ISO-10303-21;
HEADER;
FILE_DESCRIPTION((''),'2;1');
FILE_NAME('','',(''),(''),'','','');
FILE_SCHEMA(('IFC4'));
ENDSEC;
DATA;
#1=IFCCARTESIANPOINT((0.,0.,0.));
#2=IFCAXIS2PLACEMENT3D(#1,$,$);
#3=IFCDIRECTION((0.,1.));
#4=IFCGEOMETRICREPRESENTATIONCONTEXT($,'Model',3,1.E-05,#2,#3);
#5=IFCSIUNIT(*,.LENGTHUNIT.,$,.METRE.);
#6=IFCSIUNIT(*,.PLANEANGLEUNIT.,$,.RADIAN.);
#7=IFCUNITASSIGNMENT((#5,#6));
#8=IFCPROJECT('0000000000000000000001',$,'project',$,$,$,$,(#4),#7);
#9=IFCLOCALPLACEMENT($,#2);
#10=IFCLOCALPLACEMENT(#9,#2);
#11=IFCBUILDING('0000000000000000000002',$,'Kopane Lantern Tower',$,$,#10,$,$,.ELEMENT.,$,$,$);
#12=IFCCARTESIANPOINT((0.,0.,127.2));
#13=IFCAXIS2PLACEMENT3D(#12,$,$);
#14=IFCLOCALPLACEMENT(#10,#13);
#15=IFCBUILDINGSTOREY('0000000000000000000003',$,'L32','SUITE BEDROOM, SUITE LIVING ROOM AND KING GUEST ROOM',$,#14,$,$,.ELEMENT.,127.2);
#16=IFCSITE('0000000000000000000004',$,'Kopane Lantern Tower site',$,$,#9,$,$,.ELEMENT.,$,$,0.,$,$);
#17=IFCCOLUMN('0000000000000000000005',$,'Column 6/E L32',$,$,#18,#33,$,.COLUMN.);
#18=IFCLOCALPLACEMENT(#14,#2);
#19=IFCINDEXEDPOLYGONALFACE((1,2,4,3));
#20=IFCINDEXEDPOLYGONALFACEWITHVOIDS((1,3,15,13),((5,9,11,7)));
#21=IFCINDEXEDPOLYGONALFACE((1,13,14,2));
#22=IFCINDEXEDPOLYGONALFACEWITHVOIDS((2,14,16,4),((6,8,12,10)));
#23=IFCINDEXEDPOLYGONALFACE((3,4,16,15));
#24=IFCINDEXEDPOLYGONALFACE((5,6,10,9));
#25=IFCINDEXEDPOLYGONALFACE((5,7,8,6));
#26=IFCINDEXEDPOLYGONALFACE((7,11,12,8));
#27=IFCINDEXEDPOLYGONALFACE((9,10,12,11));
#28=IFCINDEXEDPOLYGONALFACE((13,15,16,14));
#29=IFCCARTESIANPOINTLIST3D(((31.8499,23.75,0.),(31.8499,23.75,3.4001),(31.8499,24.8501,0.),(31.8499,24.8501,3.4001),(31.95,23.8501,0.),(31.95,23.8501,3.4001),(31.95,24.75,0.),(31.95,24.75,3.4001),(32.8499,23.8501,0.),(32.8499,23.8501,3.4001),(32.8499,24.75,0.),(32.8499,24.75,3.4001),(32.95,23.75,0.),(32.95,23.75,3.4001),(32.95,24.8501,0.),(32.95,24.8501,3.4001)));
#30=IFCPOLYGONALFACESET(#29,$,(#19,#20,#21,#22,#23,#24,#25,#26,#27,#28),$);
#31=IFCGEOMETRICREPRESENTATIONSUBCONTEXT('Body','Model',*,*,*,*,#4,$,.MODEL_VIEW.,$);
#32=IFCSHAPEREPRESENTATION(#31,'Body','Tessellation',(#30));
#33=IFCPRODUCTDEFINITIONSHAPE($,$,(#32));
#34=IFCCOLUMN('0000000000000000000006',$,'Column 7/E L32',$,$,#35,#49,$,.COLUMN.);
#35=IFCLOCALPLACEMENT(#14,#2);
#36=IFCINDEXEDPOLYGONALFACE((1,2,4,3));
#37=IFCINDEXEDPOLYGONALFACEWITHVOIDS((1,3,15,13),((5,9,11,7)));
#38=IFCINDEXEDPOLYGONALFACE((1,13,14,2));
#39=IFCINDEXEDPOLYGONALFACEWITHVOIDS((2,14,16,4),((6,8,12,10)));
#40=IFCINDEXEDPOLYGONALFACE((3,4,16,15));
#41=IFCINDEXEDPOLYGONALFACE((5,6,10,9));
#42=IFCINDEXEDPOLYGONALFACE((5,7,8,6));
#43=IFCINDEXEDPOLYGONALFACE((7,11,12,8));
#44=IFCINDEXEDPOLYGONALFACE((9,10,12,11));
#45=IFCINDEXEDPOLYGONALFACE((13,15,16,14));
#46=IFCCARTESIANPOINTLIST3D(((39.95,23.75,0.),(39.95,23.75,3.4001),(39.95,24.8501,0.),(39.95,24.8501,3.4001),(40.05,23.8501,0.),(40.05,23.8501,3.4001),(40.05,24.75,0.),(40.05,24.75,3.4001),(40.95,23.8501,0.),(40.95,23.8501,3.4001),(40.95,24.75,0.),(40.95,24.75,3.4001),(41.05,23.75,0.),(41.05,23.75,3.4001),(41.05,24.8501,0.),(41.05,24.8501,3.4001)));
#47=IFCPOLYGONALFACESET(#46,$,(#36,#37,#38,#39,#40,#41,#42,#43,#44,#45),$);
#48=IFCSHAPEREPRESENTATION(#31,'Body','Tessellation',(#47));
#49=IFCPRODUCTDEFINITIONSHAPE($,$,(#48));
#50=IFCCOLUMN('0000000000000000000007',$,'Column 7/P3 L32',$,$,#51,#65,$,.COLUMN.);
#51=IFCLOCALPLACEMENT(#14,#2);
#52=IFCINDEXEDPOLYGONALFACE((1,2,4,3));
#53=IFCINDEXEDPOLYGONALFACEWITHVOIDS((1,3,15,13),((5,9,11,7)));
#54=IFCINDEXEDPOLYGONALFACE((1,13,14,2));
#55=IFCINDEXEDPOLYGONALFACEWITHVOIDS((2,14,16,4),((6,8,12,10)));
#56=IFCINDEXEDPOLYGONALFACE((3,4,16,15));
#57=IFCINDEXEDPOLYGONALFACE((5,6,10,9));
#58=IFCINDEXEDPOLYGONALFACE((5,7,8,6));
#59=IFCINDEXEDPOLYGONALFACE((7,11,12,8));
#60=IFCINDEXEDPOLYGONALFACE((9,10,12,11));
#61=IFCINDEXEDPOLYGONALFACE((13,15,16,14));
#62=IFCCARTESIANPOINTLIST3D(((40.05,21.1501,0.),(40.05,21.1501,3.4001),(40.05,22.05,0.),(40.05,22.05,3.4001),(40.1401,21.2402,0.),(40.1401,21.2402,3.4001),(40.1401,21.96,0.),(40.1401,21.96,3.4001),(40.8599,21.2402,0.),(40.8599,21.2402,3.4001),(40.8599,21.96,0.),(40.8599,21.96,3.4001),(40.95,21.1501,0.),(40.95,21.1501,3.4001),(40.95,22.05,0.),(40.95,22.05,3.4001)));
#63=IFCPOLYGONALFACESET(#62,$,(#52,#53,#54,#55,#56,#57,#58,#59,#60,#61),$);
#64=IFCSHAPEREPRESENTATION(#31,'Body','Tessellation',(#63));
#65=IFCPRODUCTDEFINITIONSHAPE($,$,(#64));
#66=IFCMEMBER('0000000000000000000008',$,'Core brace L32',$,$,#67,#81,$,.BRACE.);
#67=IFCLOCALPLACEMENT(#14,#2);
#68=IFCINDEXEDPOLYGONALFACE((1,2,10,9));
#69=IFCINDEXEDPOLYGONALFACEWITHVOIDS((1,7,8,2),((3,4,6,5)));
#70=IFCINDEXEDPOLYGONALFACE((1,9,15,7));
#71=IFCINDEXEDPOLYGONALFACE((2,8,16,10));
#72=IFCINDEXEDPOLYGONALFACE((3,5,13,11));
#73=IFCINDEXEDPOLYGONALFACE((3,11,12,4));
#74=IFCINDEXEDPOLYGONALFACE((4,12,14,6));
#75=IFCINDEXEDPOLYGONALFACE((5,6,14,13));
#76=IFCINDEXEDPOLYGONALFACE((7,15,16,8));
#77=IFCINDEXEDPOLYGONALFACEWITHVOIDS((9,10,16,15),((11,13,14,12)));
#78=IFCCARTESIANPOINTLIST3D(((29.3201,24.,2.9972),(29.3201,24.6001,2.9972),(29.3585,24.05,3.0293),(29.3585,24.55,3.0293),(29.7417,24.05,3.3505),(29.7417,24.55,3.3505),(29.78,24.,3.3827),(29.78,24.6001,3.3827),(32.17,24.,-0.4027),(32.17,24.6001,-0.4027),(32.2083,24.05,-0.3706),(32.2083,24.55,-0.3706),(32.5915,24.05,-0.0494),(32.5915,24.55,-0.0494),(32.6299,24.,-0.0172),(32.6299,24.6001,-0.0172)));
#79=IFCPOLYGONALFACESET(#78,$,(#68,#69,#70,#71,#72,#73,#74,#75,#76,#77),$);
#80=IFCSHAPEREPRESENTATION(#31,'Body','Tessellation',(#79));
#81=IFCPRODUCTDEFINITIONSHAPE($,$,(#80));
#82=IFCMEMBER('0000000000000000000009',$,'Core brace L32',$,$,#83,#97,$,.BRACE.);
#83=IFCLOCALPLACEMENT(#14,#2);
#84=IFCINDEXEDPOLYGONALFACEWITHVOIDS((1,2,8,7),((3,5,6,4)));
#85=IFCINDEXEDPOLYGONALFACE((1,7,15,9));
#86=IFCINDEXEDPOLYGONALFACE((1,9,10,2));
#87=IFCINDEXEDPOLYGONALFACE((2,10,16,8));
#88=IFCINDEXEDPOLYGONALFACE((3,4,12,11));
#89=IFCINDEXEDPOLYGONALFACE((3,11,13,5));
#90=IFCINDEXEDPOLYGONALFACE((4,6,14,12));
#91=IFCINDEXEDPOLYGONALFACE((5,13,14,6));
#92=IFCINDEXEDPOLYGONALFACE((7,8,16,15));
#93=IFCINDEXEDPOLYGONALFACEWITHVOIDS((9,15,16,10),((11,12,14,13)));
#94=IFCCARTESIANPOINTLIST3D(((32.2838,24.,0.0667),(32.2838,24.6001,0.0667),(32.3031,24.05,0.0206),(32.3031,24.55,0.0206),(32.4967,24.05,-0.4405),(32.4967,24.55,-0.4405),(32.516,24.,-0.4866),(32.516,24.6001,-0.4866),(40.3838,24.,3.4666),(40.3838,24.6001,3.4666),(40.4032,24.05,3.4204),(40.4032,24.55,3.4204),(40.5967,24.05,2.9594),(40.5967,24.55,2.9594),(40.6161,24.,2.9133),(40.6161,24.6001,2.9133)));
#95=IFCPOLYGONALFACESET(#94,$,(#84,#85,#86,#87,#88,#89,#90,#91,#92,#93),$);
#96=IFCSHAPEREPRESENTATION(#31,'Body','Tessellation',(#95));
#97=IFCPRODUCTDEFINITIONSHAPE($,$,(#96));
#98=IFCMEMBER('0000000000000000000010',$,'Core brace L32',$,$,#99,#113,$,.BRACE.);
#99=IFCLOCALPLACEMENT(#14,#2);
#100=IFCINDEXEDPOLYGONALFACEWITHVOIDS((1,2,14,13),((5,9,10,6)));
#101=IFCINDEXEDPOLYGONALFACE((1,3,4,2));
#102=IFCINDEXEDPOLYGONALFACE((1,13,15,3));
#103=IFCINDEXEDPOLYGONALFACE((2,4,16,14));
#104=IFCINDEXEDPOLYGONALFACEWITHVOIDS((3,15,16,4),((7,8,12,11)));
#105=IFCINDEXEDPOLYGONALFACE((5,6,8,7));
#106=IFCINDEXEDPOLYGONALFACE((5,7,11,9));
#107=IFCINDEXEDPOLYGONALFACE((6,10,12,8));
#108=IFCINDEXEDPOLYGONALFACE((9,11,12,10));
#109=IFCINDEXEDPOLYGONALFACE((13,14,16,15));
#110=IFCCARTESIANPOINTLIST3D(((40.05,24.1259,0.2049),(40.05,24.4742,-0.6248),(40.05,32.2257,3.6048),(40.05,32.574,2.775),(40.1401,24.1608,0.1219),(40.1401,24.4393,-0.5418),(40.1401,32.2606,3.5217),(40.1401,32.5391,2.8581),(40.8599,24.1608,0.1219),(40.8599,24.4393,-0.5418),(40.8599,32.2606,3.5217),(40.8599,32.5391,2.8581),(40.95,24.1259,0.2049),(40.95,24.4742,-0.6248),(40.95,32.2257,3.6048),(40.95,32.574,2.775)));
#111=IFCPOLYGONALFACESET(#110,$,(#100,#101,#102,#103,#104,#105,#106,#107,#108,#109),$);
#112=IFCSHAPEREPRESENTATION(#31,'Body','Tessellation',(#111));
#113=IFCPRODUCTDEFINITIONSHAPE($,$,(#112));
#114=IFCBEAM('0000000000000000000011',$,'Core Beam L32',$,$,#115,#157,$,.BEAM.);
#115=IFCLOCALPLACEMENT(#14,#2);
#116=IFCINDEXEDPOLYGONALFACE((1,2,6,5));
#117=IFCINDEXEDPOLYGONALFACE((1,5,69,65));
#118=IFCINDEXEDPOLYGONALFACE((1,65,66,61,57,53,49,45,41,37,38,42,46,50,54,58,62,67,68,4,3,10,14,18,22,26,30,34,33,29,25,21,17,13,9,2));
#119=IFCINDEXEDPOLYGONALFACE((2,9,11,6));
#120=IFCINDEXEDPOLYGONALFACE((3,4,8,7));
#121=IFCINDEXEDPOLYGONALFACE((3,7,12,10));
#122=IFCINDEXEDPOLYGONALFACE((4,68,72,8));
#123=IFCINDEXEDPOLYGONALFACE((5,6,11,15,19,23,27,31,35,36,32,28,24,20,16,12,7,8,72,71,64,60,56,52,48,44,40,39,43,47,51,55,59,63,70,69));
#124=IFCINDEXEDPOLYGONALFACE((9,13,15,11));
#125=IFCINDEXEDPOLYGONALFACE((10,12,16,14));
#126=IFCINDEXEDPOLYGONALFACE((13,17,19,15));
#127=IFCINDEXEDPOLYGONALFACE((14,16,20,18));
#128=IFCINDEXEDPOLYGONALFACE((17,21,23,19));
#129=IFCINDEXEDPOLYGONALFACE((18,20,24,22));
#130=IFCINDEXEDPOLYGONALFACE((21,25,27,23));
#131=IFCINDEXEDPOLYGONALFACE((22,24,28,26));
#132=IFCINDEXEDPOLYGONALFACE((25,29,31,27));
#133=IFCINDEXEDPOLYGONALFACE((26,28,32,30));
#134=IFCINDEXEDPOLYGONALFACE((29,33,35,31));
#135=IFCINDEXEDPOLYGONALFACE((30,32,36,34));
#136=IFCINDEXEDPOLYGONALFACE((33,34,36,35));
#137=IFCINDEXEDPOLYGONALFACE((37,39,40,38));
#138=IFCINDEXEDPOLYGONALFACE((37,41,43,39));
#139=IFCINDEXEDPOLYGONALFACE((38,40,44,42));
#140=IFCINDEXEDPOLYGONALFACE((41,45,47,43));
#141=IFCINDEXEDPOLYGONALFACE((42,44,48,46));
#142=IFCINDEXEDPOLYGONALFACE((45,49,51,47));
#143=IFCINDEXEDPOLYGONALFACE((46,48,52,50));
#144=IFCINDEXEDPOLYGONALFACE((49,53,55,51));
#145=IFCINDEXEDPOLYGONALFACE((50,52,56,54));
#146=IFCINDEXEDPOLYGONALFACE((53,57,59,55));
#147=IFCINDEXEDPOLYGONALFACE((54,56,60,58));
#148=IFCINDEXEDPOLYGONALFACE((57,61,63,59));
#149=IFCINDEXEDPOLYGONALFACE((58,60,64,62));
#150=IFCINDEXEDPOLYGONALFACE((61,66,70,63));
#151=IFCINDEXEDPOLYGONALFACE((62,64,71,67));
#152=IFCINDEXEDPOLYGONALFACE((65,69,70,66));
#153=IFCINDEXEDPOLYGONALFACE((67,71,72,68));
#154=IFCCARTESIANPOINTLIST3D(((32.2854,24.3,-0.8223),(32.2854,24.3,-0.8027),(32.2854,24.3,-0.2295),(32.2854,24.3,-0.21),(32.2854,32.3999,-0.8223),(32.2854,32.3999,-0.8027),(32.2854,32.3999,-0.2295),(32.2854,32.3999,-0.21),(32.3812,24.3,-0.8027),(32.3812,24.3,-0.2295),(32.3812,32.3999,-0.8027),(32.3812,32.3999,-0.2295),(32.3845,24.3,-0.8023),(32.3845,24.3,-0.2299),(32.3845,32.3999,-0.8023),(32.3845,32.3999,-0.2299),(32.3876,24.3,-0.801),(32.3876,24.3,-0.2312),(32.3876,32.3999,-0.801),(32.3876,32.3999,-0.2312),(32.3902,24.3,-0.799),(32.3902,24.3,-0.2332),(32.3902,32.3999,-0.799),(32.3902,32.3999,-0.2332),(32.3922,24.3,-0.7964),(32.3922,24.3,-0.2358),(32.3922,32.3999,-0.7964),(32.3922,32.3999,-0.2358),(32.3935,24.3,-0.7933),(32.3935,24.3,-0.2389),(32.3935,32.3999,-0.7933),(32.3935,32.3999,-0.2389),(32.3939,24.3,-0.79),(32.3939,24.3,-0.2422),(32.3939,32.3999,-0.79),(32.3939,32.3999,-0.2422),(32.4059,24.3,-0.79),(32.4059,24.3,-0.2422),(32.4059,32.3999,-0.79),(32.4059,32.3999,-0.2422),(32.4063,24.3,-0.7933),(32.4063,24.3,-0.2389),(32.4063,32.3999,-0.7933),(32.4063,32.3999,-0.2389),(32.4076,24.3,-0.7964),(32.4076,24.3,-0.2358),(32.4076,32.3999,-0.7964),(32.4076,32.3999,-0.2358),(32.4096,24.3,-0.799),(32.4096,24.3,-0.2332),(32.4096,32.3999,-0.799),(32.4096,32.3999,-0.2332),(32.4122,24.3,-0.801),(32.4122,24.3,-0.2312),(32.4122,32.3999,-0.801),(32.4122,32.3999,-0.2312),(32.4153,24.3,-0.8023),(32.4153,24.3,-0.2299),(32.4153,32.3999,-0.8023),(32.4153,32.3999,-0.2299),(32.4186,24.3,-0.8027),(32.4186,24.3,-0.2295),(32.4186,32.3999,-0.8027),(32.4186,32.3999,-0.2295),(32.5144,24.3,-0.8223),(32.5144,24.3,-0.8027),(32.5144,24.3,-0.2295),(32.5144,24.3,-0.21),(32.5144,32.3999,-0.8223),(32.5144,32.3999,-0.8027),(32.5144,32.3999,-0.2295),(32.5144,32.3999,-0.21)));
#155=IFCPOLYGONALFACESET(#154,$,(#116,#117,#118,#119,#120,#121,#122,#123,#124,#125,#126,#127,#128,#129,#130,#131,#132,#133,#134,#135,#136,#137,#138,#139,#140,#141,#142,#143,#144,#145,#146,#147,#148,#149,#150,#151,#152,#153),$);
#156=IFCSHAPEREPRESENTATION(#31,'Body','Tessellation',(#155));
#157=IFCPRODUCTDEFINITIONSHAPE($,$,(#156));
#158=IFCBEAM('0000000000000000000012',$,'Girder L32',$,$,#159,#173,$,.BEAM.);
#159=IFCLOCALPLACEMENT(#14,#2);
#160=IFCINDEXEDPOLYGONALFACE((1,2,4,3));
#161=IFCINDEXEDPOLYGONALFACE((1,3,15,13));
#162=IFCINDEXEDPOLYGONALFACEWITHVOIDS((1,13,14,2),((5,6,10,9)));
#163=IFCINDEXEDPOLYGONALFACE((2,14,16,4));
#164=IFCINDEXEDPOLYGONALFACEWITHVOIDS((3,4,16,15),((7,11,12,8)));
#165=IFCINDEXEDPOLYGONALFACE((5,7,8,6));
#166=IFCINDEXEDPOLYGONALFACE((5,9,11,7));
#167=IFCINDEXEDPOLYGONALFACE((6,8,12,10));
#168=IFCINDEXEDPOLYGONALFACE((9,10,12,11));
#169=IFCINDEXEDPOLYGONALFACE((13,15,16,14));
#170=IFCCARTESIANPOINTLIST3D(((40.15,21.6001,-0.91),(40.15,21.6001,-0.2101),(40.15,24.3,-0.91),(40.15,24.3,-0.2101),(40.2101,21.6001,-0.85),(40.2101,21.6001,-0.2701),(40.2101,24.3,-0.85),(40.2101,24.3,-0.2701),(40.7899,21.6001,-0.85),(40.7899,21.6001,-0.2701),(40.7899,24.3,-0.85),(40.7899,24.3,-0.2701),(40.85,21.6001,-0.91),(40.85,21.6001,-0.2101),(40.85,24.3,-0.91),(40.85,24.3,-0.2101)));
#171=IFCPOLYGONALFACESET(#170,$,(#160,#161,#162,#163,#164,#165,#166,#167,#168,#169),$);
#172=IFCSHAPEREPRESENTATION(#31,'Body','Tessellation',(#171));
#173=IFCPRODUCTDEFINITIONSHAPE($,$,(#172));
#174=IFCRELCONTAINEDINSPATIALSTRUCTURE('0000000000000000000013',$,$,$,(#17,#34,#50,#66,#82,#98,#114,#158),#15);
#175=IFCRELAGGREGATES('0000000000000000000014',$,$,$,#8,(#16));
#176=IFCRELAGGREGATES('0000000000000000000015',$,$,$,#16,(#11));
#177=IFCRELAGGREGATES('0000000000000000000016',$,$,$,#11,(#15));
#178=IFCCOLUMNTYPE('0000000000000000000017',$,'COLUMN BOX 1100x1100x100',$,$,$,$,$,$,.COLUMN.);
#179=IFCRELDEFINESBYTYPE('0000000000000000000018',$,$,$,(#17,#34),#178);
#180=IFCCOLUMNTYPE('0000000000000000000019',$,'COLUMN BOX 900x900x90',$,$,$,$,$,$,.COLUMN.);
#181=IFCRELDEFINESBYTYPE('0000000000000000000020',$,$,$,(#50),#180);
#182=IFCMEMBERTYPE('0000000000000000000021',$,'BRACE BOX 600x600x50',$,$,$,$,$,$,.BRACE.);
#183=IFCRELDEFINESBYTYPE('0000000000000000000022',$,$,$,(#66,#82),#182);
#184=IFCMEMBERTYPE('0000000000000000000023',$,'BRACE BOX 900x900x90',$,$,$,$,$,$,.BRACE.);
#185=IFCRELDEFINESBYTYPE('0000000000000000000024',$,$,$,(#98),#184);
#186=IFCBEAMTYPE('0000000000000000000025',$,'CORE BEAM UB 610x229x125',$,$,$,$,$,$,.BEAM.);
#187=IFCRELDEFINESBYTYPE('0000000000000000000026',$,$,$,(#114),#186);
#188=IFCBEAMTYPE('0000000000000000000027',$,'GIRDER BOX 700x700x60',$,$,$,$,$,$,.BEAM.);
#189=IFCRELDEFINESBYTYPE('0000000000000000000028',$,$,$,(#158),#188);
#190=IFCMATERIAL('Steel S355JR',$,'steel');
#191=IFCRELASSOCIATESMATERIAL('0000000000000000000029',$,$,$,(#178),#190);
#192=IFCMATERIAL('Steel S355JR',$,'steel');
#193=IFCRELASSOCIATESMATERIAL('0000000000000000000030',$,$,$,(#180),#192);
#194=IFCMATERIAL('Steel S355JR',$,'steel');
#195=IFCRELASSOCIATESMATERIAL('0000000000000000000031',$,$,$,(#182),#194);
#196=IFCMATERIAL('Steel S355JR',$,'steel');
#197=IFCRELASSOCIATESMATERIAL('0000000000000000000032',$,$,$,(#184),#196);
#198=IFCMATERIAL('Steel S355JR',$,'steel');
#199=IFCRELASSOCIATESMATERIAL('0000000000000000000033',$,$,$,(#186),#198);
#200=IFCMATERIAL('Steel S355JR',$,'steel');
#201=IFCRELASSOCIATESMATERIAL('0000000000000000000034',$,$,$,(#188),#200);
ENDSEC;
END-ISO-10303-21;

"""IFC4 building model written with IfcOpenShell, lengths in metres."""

from ifc_helpers import new_model, si_unit, direction, frame, origin, origin_2d, place, context, subcontext, project, spatial, hollow_rectangle, i_section, extrude, material, material_profile, profile_set, type_object, element, save


model = new_model("IFC4")

# Units and contexts
model_context = context("Model", 3, precision=1e-05, world=origin(), true_north=direction((0.0, 1.0)))
body_context = subcontext(model_context, "Body", "Model", "MODEL_VIEW")
ifc_project = project(units=[si_unit("LENGTHUNIT", "METRE"), si_unit("PLANEANGLEUNIT", "RADIAN")], contexts=[model_context])

# Site, building, storey
site_placement = place(None, origin())
site = spatial("IfcSite", under=ifc_project, at=site_placement, Name="Kopane Lantern Tower site", CompositionType="ELEMENT", RefElevation=0.0)
building_placement = place(site_placement, origin())
building = spatial("IfcBuilding", under=site, at=building_placement, Name="Kopane Lantern Tower", CompositionType="ELEMENT")
storey_placement = place(building_placement, frame((0.0, 0.0, 127.2)))
storey = spatial("IfcBuildingStorey", under=building, at=storey_placement, Name="L32", Description="SUITE BEDROOM, SUITE LIVING ROOM AND KING GUEST ROOM", CompositionType="ELEMENT", Elevation=127.2)

# Columns
ifc_material_1 = material(Name="Steel S355JR", Category="steel")
ifc_material_profile_1 = material_profile(ifc_material_1, hollow_rectangle(XDim=1.1001, YDim=1.1001, WallThickness=0.1001, at=origin_2d()), Name="BOX 1100x1100x100")
ifc_profile_set_1 = profile_set([ifc_material_profile_1], Name="Steel S355JR")
column_type_1 = type_object("IfcColumnType", Name="COLUMN BOX 1100x1100x100", PredefinedType="COLUMN", material=ifc_profile_set_1)
for number, where, z_axis, x_axis, name in (
    (1, (32.3999, 24.3, 0.0), (0.0, 0.0, 1.0), (1.0, 0.0, 0.0), "Column 6/E L32"),
    (2, (40.5, 24.3, 0.0), (0.0, 0.0, 1.0), (1.0, 0.0, 0.0), "Column 7/E L32"),
):
    element("IfcColumn", number, at=place(storey_placement, frame(where, z_axis=z_axis, x_axis=x_axis)), inside=storey, type_object=column_type_1, Name=name, PredefinedType="COLUMN", context=body_context, shape_type="SweptSolid", body=[
        extrude(hollow_rectangle(XDim=1.1001, YDim=1.1001, WallThickness=0.1001, at=origin_2d()), origin(), (0.0, 0.0, 1.0), 3.4001),
    ])
ifc_material_2 = material(Name="Steel S355JR", Category="steel")
ifc_material_profile_2 = material_profile(ifc_material_2, hollow_rectangle(XDim=0.8999, YDim=0.8999, WallThickness=0.0901, at=origin_2d()), Name="BOX 900x900x90")
ifc_profile_set_2 = profile_set([ifc_material_profile_2], Name="Steel S355JR")
column_type_2 = type_object("IfcColumnType", Name="COLUMN BOX 900x900x90", PredefinedType="COLUMN", material=ifc_profile_set_2)
column_placement = place(storey_placement, frame((40.5, 21.6001, 0.0), z_axis=(0.0, 0.0, 1.0), x_axis=(1.0, 0.0, 0.0)))
element("IfcColumn", 3, at=column_placement, inside=storey, type_object=column_type_2, Name="Column 7/P3 L32", PredefinedType="COLUMN", context=body_context, shape_type="SweptSolid", body=[
    extrude(hollow_rectangle(XDim=0.8999, YDim=0.8999, WallThickness=0.0901, at=origin_2d()), origin(), (0.0, 0.0, 1.0), 3.4001),
])

# Members
ifc_material_3 = material(Name="Steel S355JR", Category="steel")
ifc_material_profile_3 = material_profile(ifc_material_3, hollow_rectangle(XDim=0.6001, YDim=0.6001, WallThickness=0.05, at=origin_2d()), Name="BOX 600x600x50")
ifc_profile_set_3 = profile_set([ifc_material_profile_3], Name="Steel S355JR")
member_type_1 = type_object("IfcMemberType", Name="BRACE BOX 600x600x50", PredefinedType="BRACE", material=ifc_profile_set_3)
member_1_placement = place(storey_placement, frame((32.3999, 24.3, -0.21), z_axis=(-0.64239, 0.0, 0.766378), x_axis=(0.0, -1.0, 0.0)))
element("IfcMember", 4, at=member_1_placement, inside=storey, type_object=member_type_1, Name="Core brace L32", PredefinedType="BRACE", context=body_context, shape_type="SweptSolid", body=[
    extrude(hollow_rectangle(XDim=0.6001, YDim=0.6001, WallThickness=0.05, at=origin_2d()), origin(), (0.0, 0.0, 1.0), 4.4363),
])
member_2_placement = place(storey_placement, frame((32.3999, 24.3, -0.21), z_axis=(0.922069, 0.0, 0.387026), x_axis=(0.0, 1.0, 0.0)))
element("IfcMember", 5, at=member_2_placement, inside=storey, type_object=member_type_1, Name="Core brace L32", PredefinedType="BRACE", context=body_context, shape_type="SweptSolid", body=[
    extrude(hollow_rectangle(XDim=0.6001, YDim=0.6001, WallThickness=0.05, at=origin_2d()), origin(), (0.0, 0.0, 1.0), 8.7847),
])
ifc_material_4 = material(Name="Steel S355JR", Category="steel")
ifc_material_profile_4 = material_profile(ifc_material_4, hollow_rectangle(XDim=0.8999, YDim=0.8999, WallThickness=0.0901, at=origin_2d()), Name="BOX 900x900x90")
ifc_profile_set_4 = profile_set([ifc_material_profile_4], Name="Steel S355JR")
member_type_2 = type_object("IfcMemberType", Name="BRACE BOX 900x900x90", PredefinedType="BRACE", material=ifc_profile_set_4)
member_3_placement = place(storey_placement, frame((40.5, 24.3, -0.21), z_axis=(0.0, 0.922065, 0.387035), x_axis=(-1.0, 0.0, 0.0)))
element("IfcMember", 6, at=member_3_placement, inside=storey, type_object=member_type_2, Name="Core brace L32", PredefinedType="BRACE", context=body_context, shape_type="SweptSolid", body=[
    extrude(hollow_rectangle(XDim=0.8999, YDim=0.8999, WallThickness=0.0901, at=origin_2d()), origin(), (0.0, 0.0, 1.0), 8.7844),
])

# Beams
ifc_material_5 = material(Name="Steel S355JR", Category="steel")
ifc_material_profile_5 = material_profile(ifc_material_5, i_section(OverallWidth=0.229, OverallDepth=0.6123, WebThickness=0.012, FlangeThickness=0.0195, FilletRadius=0.0127, at=origin_2d()), Name="UB 610x229x125")
ifc_profile_set_5 = profile_set([ifc_material_profile_5], Name="Steel S355JR")
beam_type_1 = type_object("IfcBeamType", Name="CORE BEAM UB 610x229x125", PredefinedType="BEAM", material=ifc_profile_set_5)
beam_1_placement = place(storey_placement, frame((32.3999, 24.3, -0.5161), z_axis=(0.0, 1.0, 0.0), x_axis=(-1.0, 0.0, 0.0)))
element("IfcBeam", 7, at=beam_1_placement, inside=storey, type_object=beam_type_1, Name="Core Beam L32", PredefinedType="BEAM", context=body_context, shape_type="SweptSolid", body=[
    extrude(i_section(OverallWidth=0.229, OverallDepth=0.6123, WebThickness=0.012, FlangeThickness=0.0195, FilletRadius=0.0127, at=origin_2d()), origin(), (0.0, 0.0, 1.0), 8.0999),
])
ifc_material_6 = material(Name="Steel S355JR", Category="steel")
ifc_material_profile_6 = material_profile(ifc_material_6, hollow_rectangle(XDim=0.7, YDim=0.7, WallThickness=0.0601, at=origin_2d()), Name="BOX 700x700x60")
ifc_profile_set_6 = profile_set([ifc_material_profile_6], Name="Steel S355JR")
beam_type_2 = type_object("IfcBeamType", Name="GIRDER BOX 700x700x60", PredefinedType="BEAM", material=ifc_profile_set_6)
beam_2_placement = place(storey_placement, frame((40.5, 21.6001, -0.5601), z_axis=(0.0, 1.0, 0.0), x_axis=(-1.0, 0.0, 0.0)))
element("IfcBeam", 8, at=beam_2_placement, inside=storey, type_object=beam_type_2, Name="Girder L32", PredefinedType="BEAM", context=body_context, shape_type="SweptSolid", body=[
    extrude(hollow_rectangle(XDim=0.7, YDim=0.7, WallThickness=0.0601, at=origin_2d()), origin(), (0.0, 0.0, 1.0), 2.7),
])

save(model, "model.ifc")
